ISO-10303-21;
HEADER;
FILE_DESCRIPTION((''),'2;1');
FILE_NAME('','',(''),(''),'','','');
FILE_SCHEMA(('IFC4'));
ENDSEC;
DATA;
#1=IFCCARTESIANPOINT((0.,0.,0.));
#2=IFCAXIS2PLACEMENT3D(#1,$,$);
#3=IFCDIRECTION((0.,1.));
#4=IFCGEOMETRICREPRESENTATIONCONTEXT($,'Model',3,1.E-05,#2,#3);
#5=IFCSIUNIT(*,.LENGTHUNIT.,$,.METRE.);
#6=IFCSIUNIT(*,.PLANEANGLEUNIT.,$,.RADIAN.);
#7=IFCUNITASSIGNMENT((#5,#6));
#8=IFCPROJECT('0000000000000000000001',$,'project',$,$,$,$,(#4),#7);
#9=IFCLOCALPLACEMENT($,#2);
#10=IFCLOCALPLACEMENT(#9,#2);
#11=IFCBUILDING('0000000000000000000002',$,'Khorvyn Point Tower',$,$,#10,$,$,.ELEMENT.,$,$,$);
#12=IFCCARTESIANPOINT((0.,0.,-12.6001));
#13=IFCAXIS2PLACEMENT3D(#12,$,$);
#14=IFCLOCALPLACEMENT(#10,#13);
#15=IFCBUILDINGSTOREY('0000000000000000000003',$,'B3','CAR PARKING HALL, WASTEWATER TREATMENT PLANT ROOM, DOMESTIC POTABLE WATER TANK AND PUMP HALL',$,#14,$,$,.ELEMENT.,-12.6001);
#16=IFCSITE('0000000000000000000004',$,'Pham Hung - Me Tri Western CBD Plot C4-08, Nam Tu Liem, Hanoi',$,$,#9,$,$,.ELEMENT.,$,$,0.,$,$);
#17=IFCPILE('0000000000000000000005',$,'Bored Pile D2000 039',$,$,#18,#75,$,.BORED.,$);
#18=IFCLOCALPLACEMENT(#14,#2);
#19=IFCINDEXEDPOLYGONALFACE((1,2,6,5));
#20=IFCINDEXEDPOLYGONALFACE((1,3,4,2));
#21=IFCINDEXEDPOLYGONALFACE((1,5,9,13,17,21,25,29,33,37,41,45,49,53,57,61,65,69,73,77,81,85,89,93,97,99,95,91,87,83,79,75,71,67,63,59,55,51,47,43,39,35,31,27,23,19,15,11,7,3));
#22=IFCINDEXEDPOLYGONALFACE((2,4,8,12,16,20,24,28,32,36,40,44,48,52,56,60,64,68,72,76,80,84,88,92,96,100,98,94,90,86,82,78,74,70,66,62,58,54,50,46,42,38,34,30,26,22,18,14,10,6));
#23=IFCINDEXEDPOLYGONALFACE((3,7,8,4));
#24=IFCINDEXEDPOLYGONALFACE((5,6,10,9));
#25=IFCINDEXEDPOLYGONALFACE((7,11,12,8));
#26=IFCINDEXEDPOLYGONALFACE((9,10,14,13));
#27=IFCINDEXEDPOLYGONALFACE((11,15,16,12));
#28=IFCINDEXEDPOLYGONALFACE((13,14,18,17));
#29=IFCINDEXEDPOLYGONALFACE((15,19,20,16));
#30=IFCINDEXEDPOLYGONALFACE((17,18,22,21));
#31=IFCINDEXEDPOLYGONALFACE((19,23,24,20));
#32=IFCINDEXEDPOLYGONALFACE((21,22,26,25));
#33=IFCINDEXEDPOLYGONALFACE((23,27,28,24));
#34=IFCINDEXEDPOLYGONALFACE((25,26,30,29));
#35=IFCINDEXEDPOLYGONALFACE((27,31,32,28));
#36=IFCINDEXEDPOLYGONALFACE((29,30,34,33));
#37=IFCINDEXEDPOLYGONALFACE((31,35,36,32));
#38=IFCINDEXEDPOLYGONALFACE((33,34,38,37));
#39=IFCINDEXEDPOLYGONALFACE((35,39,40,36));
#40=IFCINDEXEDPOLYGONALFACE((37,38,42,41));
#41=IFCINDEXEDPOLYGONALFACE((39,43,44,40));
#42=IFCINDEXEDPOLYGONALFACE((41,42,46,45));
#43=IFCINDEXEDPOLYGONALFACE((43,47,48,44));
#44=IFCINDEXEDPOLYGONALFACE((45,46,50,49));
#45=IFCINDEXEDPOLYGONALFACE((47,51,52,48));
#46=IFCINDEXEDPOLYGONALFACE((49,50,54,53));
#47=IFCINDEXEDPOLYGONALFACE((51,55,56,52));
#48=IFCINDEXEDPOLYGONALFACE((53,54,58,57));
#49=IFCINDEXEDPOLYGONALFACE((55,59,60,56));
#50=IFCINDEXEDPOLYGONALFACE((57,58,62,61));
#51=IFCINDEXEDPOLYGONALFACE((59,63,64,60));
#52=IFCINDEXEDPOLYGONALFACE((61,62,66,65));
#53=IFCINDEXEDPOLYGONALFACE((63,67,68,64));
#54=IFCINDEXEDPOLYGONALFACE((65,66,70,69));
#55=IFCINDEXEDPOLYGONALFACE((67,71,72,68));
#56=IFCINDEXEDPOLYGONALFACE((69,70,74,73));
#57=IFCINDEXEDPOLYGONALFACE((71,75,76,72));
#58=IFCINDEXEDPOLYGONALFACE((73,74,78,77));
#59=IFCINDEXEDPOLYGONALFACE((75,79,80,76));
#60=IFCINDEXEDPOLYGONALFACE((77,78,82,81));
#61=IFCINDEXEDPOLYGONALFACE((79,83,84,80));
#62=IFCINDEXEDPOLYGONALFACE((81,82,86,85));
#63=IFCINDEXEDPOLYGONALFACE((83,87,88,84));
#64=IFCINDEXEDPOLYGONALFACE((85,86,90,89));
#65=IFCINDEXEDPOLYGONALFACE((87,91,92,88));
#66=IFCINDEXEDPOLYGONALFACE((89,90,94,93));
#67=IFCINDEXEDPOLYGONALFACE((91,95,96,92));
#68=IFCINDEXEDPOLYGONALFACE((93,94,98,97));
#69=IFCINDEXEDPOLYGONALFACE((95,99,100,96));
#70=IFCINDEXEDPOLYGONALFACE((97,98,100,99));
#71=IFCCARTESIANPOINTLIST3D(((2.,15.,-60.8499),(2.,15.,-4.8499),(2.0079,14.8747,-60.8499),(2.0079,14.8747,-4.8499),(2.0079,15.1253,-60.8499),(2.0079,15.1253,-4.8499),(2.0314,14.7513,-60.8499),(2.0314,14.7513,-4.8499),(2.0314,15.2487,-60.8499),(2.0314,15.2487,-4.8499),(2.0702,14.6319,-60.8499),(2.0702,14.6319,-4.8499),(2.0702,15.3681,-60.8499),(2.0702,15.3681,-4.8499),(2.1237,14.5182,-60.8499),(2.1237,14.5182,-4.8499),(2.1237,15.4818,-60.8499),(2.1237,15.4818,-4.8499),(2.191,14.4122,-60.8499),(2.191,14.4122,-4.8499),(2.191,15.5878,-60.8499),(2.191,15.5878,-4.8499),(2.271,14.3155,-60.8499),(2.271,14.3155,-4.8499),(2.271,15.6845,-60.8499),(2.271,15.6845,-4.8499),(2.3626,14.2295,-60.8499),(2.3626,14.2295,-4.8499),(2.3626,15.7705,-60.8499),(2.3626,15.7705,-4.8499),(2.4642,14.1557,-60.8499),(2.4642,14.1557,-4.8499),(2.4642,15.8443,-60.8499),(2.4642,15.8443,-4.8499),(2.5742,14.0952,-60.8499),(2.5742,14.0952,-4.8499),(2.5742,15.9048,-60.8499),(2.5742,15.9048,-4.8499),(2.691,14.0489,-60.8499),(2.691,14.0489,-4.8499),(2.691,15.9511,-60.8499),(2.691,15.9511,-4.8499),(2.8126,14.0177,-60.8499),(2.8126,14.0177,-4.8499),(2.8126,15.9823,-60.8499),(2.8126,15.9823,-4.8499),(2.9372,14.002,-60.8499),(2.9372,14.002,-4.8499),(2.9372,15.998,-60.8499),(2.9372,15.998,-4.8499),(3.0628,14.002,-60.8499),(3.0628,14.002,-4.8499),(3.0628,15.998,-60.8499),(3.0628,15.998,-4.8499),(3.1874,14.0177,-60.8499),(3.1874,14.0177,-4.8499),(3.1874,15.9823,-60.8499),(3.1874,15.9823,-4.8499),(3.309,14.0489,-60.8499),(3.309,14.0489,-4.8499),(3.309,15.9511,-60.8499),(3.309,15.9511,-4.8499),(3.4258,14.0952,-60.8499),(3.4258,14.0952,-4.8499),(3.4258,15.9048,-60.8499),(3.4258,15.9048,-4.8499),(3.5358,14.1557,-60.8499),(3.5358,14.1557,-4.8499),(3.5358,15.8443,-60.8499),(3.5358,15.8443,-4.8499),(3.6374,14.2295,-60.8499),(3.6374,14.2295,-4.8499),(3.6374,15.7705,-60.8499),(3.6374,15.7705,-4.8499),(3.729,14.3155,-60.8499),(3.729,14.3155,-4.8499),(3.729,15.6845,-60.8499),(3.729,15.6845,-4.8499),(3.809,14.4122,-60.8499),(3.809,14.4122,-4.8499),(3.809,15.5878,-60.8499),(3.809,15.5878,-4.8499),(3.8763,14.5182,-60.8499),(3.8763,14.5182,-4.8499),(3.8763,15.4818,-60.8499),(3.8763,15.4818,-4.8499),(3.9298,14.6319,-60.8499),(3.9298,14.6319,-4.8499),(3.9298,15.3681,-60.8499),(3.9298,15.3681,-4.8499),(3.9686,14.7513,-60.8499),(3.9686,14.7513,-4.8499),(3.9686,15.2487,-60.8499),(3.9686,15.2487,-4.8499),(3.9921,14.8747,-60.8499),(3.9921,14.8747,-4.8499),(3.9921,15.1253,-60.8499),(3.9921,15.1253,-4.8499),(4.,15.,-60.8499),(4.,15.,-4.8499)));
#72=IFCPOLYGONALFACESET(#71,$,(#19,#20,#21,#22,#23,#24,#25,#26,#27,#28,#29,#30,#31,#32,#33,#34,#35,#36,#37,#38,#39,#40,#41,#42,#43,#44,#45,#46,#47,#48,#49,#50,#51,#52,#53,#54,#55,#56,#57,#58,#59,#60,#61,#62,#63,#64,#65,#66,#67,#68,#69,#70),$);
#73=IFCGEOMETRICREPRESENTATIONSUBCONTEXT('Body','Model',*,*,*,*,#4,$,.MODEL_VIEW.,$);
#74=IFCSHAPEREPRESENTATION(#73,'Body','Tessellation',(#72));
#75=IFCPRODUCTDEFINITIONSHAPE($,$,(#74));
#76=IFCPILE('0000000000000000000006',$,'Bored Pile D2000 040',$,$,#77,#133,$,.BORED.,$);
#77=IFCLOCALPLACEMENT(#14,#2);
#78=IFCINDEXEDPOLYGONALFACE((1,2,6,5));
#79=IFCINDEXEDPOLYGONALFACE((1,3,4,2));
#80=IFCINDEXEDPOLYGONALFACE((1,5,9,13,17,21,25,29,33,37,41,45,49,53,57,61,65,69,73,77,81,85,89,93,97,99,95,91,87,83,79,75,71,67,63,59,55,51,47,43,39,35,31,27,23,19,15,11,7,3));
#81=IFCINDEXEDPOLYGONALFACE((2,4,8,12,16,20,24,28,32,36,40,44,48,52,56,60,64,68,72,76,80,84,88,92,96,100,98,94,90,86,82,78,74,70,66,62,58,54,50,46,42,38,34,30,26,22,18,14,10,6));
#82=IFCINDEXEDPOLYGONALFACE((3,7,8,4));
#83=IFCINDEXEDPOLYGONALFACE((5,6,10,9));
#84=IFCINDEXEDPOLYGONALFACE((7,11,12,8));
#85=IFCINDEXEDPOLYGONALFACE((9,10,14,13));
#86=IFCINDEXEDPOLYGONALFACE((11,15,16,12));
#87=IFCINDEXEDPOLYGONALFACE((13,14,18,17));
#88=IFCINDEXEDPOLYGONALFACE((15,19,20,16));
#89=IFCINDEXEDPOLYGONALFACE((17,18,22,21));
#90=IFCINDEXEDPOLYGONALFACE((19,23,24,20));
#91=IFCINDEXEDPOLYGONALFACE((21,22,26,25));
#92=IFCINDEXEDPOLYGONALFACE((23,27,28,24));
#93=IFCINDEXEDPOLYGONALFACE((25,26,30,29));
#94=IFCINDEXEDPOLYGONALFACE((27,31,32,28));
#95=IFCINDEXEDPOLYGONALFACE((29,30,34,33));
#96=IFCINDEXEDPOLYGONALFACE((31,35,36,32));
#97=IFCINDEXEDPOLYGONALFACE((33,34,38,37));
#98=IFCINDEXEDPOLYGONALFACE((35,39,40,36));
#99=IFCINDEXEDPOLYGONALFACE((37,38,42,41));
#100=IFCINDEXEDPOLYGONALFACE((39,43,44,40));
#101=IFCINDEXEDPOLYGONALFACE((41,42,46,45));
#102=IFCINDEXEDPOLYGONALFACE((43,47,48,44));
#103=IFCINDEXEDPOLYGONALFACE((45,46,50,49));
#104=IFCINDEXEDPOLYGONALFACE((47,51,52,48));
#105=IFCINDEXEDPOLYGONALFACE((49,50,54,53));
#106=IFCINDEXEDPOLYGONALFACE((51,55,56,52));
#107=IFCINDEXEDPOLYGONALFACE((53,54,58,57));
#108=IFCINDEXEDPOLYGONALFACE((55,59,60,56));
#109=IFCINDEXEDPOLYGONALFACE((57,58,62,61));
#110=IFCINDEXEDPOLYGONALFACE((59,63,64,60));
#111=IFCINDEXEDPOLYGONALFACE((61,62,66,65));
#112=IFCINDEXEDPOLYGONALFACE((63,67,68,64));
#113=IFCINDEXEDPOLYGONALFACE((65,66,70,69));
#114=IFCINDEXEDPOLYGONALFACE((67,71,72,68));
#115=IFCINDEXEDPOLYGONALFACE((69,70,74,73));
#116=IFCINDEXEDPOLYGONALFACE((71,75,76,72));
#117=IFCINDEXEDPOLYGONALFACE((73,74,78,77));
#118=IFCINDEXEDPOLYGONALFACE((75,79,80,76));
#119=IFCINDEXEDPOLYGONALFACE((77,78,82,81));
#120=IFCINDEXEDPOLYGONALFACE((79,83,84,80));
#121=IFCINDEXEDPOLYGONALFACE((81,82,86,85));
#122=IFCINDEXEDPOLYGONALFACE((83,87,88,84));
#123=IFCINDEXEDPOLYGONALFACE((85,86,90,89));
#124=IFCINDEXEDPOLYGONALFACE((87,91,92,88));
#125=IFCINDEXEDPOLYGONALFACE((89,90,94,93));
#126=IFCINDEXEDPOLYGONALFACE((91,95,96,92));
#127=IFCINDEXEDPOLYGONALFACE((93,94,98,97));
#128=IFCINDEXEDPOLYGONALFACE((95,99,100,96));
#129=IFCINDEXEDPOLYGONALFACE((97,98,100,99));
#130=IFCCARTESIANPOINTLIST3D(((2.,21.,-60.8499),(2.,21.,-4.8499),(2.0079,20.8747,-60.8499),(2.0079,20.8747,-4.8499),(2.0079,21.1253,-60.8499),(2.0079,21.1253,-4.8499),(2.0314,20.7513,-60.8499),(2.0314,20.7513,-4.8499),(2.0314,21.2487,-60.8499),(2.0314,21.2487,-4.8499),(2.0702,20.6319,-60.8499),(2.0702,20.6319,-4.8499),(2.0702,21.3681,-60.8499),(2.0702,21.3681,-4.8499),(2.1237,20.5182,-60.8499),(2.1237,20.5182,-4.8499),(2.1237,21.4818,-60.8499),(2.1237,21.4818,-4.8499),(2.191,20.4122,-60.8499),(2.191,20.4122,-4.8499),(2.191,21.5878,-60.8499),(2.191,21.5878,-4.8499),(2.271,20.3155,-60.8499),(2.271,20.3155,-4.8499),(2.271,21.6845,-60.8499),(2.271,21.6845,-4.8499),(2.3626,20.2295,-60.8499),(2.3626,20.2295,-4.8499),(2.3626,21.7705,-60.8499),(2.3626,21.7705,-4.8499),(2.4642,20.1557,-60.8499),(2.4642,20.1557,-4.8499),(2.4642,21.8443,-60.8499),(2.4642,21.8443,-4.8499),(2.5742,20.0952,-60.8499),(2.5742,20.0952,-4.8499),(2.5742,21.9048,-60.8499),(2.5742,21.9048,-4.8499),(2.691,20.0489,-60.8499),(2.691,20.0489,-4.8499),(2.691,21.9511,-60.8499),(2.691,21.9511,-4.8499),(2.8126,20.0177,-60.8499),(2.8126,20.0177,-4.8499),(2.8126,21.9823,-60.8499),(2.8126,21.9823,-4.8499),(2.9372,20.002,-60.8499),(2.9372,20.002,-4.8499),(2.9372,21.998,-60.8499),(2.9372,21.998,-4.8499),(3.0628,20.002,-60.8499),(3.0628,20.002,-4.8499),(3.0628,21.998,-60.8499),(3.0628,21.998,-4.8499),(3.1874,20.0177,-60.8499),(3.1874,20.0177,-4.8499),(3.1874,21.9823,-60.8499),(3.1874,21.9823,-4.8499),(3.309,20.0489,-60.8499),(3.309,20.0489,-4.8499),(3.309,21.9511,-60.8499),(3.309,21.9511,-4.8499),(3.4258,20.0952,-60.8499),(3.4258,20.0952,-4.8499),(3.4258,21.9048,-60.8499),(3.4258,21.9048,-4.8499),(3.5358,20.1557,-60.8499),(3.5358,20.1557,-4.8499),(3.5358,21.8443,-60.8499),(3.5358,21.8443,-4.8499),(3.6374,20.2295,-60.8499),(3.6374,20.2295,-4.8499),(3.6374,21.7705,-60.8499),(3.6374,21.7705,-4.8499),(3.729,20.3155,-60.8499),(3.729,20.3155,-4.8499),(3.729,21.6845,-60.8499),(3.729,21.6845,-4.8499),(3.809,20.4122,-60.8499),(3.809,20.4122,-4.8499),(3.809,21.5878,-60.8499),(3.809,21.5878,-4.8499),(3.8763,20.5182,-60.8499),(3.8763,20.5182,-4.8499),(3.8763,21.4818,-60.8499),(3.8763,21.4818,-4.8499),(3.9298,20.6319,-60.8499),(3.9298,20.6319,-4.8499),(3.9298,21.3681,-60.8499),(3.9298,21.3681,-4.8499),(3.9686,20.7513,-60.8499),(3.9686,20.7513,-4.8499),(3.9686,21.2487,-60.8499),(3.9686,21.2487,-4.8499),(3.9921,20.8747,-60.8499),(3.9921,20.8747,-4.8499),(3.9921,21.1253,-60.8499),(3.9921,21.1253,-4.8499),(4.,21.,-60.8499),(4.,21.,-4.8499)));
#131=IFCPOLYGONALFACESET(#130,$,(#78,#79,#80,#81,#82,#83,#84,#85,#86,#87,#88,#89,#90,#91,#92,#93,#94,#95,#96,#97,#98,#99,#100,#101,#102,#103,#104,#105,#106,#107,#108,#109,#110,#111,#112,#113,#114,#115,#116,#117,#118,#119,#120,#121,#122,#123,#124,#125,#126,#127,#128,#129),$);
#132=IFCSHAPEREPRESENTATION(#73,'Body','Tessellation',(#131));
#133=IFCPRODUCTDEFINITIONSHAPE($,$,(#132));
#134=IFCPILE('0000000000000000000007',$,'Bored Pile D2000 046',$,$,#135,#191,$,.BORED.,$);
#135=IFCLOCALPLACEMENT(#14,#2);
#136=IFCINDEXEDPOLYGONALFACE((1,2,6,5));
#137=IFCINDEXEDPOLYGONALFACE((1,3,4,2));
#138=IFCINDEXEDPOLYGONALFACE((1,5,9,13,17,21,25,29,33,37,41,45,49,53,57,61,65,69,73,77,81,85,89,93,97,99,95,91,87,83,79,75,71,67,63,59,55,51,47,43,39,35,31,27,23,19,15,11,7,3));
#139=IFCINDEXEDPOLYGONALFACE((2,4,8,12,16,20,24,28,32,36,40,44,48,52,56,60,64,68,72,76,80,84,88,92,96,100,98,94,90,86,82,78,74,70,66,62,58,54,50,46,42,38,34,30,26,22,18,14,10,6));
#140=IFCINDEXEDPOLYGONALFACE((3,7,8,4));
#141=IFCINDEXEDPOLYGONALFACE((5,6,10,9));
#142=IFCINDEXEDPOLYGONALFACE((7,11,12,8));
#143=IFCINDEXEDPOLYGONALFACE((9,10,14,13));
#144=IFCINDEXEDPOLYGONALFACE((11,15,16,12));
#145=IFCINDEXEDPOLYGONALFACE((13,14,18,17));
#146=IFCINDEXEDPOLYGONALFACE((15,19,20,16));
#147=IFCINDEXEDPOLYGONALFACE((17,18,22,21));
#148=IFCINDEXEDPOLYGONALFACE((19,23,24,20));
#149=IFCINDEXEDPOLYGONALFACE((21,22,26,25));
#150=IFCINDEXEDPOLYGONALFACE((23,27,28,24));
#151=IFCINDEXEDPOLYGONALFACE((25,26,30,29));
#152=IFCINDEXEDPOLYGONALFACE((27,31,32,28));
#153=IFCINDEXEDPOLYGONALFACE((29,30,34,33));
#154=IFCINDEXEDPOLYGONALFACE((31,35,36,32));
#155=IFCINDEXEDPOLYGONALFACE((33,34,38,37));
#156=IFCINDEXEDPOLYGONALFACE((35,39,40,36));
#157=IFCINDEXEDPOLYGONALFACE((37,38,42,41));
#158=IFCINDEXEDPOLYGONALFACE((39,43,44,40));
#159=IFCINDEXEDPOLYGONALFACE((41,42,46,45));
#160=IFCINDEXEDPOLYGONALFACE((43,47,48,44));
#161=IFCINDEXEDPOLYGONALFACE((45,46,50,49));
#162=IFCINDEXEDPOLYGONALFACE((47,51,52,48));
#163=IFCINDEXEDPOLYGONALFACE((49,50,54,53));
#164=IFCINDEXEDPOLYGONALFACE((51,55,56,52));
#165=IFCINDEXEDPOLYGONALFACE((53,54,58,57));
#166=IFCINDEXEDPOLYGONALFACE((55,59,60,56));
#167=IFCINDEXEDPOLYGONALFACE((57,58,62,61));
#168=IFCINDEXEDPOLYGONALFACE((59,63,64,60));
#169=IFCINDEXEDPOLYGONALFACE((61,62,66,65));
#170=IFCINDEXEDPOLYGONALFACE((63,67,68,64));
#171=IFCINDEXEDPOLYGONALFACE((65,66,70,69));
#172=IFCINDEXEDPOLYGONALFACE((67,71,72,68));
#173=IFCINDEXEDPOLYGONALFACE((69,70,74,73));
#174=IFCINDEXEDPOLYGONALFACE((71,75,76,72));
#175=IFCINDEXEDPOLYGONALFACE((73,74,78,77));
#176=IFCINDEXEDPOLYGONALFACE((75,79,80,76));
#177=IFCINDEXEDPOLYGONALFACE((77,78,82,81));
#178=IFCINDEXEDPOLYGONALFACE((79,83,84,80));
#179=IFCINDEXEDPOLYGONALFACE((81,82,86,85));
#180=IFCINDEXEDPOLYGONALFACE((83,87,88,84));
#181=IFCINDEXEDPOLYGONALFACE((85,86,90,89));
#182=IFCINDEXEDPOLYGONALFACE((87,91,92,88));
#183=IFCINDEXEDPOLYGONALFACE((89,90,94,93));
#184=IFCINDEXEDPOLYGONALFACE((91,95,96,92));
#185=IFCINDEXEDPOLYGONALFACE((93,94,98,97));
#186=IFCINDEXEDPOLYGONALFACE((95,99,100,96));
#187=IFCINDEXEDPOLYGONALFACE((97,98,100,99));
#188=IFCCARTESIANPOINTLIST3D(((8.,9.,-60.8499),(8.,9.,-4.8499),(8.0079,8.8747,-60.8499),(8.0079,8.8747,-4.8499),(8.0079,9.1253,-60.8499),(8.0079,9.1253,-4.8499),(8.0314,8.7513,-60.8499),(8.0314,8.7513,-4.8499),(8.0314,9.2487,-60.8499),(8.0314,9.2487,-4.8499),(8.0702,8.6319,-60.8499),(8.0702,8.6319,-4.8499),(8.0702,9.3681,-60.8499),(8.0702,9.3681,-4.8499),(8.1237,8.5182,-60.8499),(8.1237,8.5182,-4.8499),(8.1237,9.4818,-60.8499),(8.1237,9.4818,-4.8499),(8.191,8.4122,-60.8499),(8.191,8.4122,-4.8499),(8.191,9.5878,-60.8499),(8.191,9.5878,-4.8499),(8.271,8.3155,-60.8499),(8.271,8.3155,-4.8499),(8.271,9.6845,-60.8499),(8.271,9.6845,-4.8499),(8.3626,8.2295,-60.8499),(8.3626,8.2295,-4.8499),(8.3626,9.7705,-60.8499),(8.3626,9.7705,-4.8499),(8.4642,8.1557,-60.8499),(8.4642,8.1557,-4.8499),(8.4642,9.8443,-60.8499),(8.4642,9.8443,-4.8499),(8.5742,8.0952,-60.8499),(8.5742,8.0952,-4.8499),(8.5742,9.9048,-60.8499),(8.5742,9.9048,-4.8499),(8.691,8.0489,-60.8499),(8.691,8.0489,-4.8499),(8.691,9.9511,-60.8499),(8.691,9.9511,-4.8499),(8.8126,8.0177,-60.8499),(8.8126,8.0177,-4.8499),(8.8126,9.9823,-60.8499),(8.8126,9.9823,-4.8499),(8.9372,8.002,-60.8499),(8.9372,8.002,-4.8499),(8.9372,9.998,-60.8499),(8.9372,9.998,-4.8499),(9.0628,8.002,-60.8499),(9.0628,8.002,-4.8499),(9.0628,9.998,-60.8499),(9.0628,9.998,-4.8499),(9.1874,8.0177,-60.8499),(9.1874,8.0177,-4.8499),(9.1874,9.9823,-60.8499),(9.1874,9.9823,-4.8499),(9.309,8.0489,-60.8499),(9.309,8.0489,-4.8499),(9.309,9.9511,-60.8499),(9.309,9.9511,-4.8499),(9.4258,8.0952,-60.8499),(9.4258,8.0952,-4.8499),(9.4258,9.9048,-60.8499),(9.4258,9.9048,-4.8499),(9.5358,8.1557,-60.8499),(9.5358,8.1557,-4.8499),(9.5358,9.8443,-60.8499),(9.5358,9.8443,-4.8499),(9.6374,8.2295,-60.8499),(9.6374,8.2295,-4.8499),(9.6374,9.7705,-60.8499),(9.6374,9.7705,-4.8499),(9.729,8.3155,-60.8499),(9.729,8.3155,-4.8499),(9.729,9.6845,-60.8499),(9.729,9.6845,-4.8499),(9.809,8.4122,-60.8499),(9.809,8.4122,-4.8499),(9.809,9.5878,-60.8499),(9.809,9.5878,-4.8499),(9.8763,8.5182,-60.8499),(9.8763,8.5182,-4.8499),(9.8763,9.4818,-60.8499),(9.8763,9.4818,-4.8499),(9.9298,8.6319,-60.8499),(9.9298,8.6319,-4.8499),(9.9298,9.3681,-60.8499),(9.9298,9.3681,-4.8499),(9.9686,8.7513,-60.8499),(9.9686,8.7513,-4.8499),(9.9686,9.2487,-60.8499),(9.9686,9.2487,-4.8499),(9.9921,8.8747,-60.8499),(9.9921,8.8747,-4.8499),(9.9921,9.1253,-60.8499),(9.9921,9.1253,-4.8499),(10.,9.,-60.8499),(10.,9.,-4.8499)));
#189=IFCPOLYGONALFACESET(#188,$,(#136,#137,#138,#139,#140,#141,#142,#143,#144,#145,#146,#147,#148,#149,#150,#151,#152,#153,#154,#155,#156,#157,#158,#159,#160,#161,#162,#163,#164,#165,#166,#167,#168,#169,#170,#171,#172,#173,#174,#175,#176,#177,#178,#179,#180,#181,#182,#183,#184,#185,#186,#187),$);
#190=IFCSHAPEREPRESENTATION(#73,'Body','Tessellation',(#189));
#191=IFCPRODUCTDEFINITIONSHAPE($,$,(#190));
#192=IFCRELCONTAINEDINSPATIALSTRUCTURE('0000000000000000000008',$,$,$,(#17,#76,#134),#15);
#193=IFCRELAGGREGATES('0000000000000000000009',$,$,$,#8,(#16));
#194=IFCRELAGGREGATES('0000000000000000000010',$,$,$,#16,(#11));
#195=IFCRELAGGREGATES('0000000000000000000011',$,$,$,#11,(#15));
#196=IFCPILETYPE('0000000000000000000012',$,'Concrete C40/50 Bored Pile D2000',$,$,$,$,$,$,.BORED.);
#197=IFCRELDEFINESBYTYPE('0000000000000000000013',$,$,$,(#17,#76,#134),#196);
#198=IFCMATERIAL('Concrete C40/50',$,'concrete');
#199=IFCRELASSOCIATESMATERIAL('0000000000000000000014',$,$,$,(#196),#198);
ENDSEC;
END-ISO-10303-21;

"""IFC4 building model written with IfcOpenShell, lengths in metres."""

from ifc_helpers import new_model, si_unit, direction, frame, origin, origin_2d, place, context, subcontext, project, spatial, circle, extrude, material, material_profile, profile_set, type_object, element, save


model = new_model("IFC4")

# Units and contexts
model_context = context("Model", 3, precision=1e-05, world=origin(), true_north=direction((0.0, 1.0)))
body_context = subcontext(model_context, "Body", "Model", "MODEL_VIEW")
ifc_project = project(units=[si_unit("LENGTHUNIT", "METRE"), si_unit("PLANEANGLEUNIT", "RADIAN")], contexts=[model_context])

# Site, building, storey
site_placement = place(None, origin())
site = spatial("IfcSite", under=ifc_project, at=site_placement, Name="Pham Hung - Me Tri Western CBD Plot C4-08, Nam Tu Liem, Hanoi", CompositionType="ELEMENT", RefElevation=0.0)
building_placement = place(site_placement, origin())
building = spatial("IfcBuilding", under=site, at=building_placement, Name="Khorvyn Point Tower", CompositionType="ELEMENT")
storey_placement = place(building_placement, frame((0.0, 0.0, -12.6001)))
storey = spatial("IfcBuildingStorey", under=building, at=storey_placement, Name="B3", Description="CAR PARKING HALL, WASTEWATER TREATMENT PLANT ROOM, DOMESTIC POTABLE WATER TANK AND PUMP HALL", CompositionType="ELEMENT", Elevation=-12.6001)

# Piles
ifc_material_1 = material(Name="Concrete C40/50", Category="concrete")
ifc_material_profile_1 = material_profile(ifc_material_1, circle(Radius=1.0, at=origin_2d()))
ifc_profile_set_1 = profile_set([ifc_material_profile_1], Name="Concrete C40/50 PILE-D2000")
pile_type_1 = type_object("IfcPileType", Name="Concrete C40/50 Bored Pile D2000", PredefinedType="BORED", material=ifc_profile_set_1)
for number, where, z_axis, x_axis, name in (
    (1, (3.0, 15.0, -4.8499), (0.0, 0.0, -1.0), (1.0, 0.0, 0.0), "Bored Pile D2000 039"),
    (2, (3.0, 21.0, -4.8499), (0.0, 0.0, -1.0), (1.0, 0.0, 0.0), "Bored Pile D2000 040"),
    (3, (9.0, 9.0, -4.8499), (0.0, 0.0, -1.0), (1.0, 0.0, 0.0), "Bored Pile D2000 046"),
):
    element("IfcPile", number, at=place(storey_placement, frame(where, z_axis=z_axis, x_axis=x_axis)), inside=storey, type_object=pile_type_1, Name=name, PredefinedType="BORED", context=body_context, shape_type="SweptSolid", body=[
        extrude(circle(Radius=1.0, at=origin_2d()), origin(), (0.0, 0.0, 1.0), 56.0),
    ])

save(model, "model.ifc")
